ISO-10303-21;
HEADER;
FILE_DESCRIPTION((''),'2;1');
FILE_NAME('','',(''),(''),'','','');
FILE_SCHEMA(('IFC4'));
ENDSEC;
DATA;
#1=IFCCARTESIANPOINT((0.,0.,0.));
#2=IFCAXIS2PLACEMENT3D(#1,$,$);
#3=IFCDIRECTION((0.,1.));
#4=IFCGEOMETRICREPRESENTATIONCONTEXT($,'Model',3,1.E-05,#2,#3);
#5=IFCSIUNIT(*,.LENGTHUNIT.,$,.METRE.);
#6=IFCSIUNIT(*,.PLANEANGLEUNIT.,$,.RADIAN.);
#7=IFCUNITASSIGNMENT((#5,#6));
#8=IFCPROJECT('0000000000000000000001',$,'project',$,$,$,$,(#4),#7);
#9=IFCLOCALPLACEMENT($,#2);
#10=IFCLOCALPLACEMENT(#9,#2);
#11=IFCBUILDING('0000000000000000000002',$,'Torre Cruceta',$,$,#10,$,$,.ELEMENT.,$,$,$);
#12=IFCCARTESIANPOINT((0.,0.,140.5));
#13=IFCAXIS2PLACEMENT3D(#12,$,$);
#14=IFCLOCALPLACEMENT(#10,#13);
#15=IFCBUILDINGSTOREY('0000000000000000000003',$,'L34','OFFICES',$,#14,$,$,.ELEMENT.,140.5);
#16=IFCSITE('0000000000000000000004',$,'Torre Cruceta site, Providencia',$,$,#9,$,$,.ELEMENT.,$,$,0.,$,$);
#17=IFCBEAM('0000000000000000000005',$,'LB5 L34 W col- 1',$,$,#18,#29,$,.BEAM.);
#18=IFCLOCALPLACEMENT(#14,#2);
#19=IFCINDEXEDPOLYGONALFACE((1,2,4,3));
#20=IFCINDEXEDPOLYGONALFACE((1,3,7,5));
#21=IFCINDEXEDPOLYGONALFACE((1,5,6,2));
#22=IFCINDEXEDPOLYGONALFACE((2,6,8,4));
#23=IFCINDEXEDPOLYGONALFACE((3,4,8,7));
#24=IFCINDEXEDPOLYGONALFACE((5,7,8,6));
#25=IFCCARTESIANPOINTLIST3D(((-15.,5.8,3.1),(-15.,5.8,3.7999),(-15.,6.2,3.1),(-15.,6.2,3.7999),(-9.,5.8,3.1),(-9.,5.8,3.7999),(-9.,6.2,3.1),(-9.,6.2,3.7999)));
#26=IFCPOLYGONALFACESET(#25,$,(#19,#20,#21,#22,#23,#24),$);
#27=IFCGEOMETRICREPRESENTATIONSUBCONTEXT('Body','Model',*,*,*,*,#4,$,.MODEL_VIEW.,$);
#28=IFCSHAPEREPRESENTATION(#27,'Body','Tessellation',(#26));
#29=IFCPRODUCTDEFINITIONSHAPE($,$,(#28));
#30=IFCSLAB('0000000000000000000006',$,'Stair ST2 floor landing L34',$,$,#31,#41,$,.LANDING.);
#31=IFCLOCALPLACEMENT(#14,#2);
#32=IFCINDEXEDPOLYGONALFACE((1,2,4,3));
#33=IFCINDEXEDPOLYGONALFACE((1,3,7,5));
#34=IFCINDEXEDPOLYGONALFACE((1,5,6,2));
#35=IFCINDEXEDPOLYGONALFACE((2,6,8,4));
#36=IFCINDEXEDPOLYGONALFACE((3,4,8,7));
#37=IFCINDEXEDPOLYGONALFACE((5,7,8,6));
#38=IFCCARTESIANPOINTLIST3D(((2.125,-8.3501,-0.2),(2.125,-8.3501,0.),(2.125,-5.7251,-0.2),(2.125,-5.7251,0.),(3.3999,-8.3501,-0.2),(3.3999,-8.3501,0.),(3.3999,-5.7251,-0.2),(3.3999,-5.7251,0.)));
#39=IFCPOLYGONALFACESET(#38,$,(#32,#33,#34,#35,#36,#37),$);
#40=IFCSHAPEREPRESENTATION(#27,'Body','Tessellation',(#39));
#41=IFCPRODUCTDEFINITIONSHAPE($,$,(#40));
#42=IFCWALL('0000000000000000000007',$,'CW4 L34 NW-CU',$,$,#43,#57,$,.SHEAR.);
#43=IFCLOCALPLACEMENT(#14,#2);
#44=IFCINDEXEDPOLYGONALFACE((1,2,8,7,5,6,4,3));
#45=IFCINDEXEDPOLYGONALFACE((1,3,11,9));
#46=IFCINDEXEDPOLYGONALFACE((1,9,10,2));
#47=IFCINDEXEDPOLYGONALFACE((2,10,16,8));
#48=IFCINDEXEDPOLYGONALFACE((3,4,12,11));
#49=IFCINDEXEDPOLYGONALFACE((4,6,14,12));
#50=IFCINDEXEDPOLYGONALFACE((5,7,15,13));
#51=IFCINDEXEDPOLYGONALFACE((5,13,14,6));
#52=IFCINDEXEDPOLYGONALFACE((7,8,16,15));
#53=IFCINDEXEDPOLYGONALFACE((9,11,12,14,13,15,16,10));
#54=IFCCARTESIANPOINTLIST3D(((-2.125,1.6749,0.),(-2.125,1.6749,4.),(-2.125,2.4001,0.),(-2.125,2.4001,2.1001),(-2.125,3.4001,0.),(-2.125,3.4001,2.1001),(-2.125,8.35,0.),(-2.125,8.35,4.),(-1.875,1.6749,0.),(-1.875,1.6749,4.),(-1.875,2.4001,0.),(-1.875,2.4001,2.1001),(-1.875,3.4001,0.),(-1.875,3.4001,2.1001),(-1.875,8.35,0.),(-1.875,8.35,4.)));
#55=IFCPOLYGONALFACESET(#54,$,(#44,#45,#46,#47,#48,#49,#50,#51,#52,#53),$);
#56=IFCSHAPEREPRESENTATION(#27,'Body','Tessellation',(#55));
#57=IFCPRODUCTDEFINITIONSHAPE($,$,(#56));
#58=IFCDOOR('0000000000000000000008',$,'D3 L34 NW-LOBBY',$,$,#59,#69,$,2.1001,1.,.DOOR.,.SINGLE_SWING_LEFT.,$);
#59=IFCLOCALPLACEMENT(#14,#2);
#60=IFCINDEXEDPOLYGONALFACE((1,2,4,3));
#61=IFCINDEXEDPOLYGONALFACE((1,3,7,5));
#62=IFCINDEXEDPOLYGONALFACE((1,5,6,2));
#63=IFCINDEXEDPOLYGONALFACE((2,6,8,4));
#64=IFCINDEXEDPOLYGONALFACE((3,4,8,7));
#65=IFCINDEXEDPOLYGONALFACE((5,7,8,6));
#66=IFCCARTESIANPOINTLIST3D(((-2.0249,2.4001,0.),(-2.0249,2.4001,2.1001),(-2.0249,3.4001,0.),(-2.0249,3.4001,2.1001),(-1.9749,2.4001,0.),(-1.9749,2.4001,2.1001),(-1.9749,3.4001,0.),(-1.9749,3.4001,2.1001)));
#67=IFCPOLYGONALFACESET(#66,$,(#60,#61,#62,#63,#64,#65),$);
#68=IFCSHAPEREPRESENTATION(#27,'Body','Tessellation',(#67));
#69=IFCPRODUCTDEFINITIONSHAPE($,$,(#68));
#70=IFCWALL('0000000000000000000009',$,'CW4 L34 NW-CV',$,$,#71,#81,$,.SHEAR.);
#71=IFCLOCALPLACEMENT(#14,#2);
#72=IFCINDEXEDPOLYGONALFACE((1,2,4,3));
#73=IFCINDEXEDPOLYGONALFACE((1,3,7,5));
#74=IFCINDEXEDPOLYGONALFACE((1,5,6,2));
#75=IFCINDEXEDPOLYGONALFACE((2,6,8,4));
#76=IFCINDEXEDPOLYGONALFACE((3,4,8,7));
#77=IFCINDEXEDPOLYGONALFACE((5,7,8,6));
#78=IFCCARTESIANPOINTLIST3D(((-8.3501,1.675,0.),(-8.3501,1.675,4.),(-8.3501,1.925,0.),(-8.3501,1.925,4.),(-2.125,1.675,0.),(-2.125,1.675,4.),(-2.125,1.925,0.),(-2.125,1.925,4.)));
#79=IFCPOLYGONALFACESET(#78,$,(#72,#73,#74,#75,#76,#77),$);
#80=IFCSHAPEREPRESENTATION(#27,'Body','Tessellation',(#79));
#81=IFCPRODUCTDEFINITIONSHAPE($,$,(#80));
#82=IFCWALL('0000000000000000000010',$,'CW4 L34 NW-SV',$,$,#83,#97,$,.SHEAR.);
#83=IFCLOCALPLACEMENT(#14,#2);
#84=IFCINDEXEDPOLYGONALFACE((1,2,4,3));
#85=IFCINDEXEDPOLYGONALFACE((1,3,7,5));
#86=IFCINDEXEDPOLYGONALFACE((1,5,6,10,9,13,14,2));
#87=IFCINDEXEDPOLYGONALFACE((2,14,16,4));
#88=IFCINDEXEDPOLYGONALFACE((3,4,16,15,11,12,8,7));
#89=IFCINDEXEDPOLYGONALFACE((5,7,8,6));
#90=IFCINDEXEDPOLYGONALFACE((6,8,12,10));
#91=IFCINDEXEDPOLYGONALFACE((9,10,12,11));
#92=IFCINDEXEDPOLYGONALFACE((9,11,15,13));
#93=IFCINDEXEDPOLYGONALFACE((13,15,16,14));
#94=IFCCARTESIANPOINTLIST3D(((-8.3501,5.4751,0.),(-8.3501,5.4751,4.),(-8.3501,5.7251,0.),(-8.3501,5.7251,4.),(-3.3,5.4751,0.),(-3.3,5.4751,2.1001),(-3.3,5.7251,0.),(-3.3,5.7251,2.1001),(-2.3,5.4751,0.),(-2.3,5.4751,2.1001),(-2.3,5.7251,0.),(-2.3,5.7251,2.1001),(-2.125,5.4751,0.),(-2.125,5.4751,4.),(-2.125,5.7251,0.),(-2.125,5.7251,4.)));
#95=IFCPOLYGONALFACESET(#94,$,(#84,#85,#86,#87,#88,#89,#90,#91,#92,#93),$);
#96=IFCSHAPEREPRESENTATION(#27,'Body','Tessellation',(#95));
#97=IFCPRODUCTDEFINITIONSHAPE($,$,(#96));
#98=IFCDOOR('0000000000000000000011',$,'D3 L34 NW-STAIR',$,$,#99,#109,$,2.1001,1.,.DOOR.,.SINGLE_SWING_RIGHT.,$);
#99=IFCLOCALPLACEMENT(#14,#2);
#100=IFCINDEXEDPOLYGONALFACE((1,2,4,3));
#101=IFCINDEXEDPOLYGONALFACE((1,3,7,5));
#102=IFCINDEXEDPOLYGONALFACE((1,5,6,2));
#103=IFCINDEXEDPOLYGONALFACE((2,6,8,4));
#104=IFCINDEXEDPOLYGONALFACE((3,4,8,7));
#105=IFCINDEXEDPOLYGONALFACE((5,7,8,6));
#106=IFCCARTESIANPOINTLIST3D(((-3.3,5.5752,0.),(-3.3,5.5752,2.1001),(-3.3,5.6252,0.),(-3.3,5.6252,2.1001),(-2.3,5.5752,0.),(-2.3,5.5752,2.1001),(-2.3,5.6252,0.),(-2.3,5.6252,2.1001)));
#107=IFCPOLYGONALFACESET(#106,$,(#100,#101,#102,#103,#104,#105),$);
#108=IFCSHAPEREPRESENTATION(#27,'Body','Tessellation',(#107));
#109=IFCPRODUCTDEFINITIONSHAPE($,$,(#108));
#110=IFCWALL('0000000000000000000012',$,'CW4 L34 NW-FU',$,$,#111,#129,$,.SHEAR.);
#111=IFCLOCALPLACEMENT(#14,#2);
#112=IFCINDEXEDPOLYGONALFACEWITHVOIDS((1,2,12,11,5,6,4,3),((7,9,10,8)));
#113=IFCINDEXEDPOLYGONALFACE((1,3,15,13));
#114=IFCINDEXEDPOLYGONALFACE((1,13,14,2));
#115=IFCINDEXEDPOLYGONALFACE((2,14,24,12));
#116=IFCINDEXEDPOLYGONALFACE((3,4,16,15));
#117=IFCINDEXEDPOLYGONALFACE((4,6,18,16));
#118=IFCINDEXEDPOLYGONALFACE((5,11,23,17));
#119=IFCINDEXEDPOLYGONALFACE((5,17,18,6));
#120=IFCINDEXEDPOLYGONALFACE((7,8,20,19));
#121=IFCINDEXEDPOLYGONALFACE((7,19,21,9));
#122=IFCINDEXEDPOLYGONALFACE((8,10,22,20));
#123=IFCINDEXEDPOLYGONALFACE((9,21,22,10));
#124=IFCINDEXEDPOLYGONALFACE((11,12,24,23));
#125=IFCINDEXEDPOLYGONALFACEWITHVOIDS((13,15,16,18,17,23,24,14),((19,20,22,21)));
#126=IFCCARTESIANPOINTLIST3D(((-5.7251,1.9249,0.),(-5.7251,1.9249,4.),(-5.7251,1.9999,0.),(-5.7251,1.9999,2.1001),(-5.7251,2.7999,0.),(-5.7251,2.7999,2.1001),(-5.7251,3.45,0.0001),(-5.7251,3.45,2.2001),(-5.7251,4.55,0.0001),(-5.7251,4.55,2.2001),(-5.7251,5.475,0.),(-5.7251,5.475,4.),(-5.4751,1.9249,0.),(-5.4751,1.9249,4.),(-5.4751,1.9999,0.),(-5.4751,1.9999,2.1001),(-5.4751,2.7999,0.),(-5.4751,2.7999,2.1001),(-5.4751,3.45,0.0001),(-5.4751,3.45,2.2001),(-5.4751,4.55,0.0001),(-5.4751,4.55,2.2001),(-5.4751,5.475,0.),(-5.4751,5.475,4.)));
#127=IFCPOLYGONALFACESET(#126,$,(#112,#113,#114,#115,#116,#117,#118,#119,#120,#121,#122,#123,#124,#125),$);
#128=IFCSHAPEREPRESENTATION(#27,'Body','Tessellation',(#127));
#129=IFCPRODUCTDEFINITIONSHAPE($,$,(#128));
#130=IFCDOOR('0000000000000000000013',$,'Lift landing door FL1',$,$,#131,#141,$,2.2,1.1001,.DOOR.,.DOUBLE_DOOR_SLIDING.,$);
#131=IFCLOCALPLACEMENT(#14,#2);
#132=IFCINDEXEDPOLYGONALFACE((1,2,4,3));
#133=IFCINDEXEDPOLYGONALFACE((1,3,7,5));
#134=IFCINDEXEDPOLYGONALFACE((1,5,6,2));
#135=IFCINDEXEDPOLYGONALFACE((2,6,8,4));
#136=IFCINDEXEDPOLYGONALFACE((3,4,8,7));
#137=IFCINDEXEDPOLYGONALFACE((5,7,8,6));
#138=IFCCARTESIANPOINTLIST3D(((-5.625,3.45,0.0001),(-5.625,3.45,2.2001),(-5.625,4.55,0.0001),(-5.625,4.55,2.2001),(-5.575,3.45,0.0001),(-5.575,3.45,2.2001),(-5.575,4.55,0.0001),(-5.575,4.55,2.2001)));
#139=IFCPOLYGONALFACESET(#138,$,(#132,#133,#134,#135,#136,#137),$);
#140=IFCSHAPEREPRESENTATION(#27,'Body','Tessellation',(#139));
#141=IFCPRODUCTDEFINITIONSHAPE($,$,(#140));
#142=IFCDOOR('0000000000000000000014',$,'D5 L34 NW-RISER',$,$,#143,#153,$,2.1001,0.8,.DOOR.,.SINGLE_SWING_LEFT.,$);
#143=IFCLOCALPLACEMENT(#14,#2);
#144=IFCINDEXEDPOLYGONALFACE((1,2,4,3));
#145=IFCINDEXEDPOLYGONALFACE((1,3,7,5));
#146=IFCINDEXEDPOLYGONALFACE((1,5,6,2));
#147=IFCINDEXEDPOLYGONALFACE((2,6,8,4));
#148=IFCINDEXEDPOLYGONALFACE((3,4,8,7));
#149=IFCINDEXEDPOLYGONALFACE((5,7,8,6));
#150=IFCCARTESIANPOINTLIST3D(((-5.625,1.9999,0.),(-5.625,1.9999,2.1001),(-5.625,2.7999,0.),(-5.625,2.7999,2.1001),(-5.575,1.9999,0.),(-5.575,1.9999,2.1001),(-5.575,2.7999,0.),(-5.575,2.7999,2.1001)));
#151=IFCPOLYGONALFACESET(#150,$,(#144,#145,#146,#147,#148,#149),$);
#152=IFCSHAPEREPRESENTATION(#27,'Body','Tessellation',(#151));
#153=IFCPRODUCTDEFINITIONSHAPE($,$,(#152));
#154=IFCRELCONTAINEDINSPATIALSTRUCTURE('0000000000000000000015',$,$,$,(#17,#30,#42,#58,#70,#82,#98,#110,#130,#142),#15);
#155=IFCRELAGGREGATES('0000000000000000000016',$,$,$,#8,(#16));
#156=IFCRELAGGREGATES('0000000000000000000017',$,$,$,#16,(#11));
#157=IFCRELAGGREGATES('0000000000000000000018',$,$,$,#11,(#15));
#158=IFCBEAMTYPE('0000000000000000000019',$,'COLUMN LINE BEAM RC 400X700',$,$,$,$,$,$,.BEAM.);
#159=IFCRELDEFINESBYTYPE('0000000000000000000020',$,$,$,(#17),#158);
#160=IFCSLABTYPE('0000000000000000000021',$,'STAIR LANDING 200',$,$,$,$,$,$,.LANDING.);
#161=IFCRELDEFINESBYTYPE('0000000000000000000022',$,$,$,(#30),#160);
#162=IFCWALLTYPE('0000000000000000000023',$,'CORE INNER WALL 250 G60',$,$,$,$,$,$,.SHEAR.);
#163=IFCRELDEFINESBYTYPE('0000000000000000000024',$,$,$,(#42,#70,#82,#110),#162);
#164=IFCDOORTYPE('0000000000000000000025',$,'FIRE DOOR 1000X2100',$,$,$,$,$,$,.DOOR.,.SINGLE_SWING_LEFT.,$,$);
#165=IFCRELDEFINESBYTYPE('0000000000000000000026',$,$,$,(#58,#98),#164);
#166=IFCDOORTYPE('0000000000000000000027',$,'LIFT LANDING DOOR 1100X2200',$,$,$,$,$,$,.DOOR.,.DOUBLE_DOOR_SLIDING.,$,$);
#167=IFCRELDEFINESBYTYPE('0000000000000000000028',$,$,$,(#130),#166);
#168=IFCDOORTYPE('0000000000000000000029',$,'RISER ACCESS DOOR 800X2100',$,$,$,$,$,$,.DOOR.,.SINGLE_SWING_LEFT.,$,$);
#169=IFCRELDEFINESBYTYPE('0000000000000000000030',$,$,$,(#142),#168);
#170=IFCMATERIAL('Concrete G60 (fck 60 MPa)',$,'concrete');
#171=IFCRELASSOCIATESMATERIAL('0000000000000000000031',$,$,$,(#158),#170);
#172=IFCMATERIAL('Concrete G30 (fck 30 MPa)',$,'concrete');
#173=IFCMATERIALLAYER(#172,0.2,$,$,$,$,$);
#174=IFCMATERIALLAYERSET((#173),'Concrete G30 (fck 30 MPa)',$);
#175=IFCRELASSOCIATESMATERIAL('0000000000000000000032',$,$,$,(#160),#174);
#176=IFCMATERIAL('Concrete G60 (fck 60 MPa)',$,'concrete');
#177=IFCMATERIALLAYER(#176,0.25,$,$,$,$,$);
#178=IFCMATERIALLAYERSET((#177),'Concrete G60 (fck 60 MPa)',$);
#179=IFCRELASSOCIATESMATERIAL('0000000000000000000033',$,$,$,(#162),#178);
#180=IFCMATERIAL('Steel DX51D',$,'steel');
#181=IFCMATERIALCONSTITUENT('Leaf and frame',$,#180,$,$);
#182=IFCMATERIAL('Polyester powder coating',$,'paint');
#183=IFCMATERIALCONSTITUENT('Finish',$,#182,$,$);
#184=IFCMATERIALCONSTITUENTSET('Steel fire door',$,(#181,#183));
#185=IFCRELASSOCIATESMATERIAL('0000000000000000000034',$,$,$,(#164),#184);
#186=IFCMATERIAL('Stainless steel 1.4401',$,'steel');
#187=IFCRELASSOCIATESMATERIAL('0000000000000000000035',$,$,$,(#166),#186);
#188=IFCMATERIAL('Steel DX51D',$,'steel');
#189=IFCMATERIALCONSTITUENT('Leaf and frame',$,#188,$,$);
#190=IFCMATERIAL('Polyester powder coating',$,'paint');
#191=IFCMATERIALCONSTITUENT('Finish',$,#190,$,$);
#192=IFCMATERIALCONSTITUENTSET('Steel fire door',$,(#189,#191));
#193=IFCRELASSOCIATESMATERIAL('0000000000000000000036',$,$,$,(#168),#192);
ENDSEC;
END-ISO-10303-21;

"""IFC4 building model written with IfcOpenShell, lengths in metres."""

from ifc_helpers import new_model, si_unit, direction, frame, frame_2d, origin, origin_2d, place, context, subcontext, project, spatial, polyline, rectangle, outline, extrude, material, layer, layer_set, constituent, constituent_set, material_profile, profile_set, type_object, element, fill, save


model = new_model("IFC4")

# Units and contexts
model_context = context("Model", 3, precision=1e-05, world=origin(), true_north=direction((0.0, 1.0)))
body_context = subcontext(model_context, "Body", "Model", "MODEL_VIEW")
ifc_project = project(units=[si_unit("LENGTHUNIT", "METRE"), si_unit("PLANEANGLEUNIT", "RADIAN")], contexts=[model_context])

# Site, building, storey
site_placement = place(None, origin())
site = spatial("IfcSite", under=ifc_project, at=site_placement, Name="Torre Cruceta site, Providencia", CompositionType="ELEMENT", RefElevation=0.0)
building_placement = place(site_placement, origin())
building = spatial("IfcBuilding", under=site, at=building_placement, Name="Torre Cruceta", CompositionType="ELEMENT")
storey_placement = place(building_placement, frame((0.0, 0.0, 140.5)))
storey = spatial("IfcBuildingStorey", under=building, at=storey_placement, Name="L34", Description="OFFICES", CompositionType="ELEMENT", Elevation=140.5)

# Beam
ifc_material_1 = material(Name="Concrete G60 (fck 60 MPa)", Category="concrete")
ifc_material_profile = material_profile(ifc_material_1, rectangle(XDim=0.3999, YDim=0.7, at=origin_2d()), Name="RC 400X700")
ifc_profile_set = profile_set([ifc_material_profile], Name="Concrete G60 (fck 60 MPa)")
beam_type = type_object("IfcBeamType", Name="COLUMN LINE BEAM RC 400X700", PredefinedType="BEAM", material=ifc_profile_set)
beam_placement = place(storey_placement, frame((-9.0, 6.0, 3.45), z_axis=(-1.0, 0.0, 0.0), x_axis=(0.0, -1.0, 0.0)))
element("IfcBeam", 1, at=beam_placement, inside=storey, type_object=beam_type, Name="LB5 L34 W col- 1", PredefinedType="BEAM", context=body_context, shape_type="SweptSolid", body=[
    extrude(rectangle(XDim=0.3999, YDim=0.7, at=origin_2d()), origin(), (0.0, 0.0, 1.0), 6.0),
])

# Slab
ifc_material_2 = material(Name="Concrete G30 (fck 30 MPa)", Category="concrete")
ifc_layer_1 = layer(ifc_material_2, 0.2)
ifc_layer_set_1 = layer_set([ifc_layer_1], Name="Concrete G30 (fck 30 MPa)")
slab_type = type_object("IfcSlabType", Name="STAIR LANDING 200", PredefinedType="LANDING", material=ifc_layer_set_1)
slab_placement = place(storey_placement, frame((0.0, 0.0, -0.2)))
element("IfcSlab", 2, at=slab_placement, inside=storey, type_object=slab_type, Name="Stair ST2 floor landing L34", PredefinedType="LANDING", context=body_context, shape_type="SweptSolid", body=[
    extrude(outline(polyline([(2.125, -8.3501), (2.125, -5.7251), (3.3999, -5.7251), (3.3999, -8.3501), (2.125, -8.3501)])), origin(), (0.0, 0.0, 1.0), 0.2),
])

# Wall, opening, door
ifc_material_3 = material(Name="Concrete G60 (fck 60 MPa)", Category="concrete")
ifc_layer_2 = layer(ifc_material_3, 0.25)
ifc_layer_set_2 = layer_set([ifc_layer_2], Name="Concrete G60 (fck 60 MPa)")
wall_type_1 = type_object("IfcWallType", Name="CORE INNER WALL 250 G60", PredefinedType="SHEAR", material=ifc_layer_set_2)
wall_1_placement = place(storey_placement, frame((-2.0, 1.675, 0.0), z_axis=(0.0, 0.0, 1.0), x_axis=(0.0, 1.0, 0.0)))
wall_1 = element("IfcWall", 3, at=wall_1_placement, inside=storey, type_object=wall_type_1, Name="CW4 L34 NW-CU", PredefinedType="SHEAR", context=body_context, shape_type="SweptSolid", body=[
    extrude(rectangle(XDim=6.675, YDim=0.25, at=frame_2d((3.3374, 0.0))), origin(), (0.0, 0.0, 1.0), 4.0),
])
opening_1_placement = place(wall_1_placement, frame((0.7251, 0.0, 0.0)))
opening_1 = element("IfcOpeningElement", 4, at=opening_1_placement, cuts=wall_1, PredefinedType="OPENING", context=body_context, shape_type="SweptSolid", body=[
    extrude(rectangle(XDim=1.0, YDim=2.1001, at=frame_2d((0.5, 1.05))), frame((0.0, 0.135, 0.0), z_axis=(0.0, -1.0, 0.0), x_axis=(1.0, 0.0, 0.0)), (0.0, 0.0, 1.0), 0.27),
])
ifc_material_4 = material(Name="Steel DX51D", Category="steel")
ifc_constituent_1 = constituent(ifc_material_4, Name="Leaf and frame")
ifc_material_5 = material(Name="Polyester powder coating", Category="paint")
ifc_constituent_2 = constituent(ifc_material_5, Name="Finish")
ifc_constituent_set_1 = constituent_set(constituents=[ifc_constituent_1, ifc_constituent_2], Name="Steel fire door")
door_type_1 = type_object("IfcDoorType", Name="FIRE DOOR 1000X2100", OperationType="SINGLE_SWING_LEFT", PredefinedType="DOOR", material=ifc_constituent_set_1)
door_1_placement = place(opening_1_placement, origin())
door_1 = element("IfcDoor", 5, at=door_1_placement, inside=storey, type_object=door_type_1, Name="D3 L34 NW-LOBBY", OperationType="SINGLE_SWING_LEFT", OverallHeight=2.1001, OverallWidth=1.0, PredefinedType="DOOR", context=body_context, shape_type="SweptSolid", body=[
    extrude(rectangle(XDim=1.0, YDim=2.1001, at=frame_2d((0.5, 1.05))), frame((0.0, 0.0249, 0.0), z_axis=(0.0, -1.0, 0.0), x_axis=(1.0, 0.0, 0.0)), (0.0, 0.0, 1.0), 0.05),
])
fill(opening_1, door_1)

# Wall
wall_2_placement = place(storey_placement, frame((-2.125, 1.8, 0.0), z_axis=(0.0, 0.0, 1.0), x_axis=(-1.0, 0.0, 0.0)))
element("IfcWall", 6, at=wall_2_placement, inside=storey, type_object=wall_type_1, Name="CW4 L34 NW-CV", PredefinedType="SHEAR", context=body_context, shape_type="SweptSolid", body=[
    extrude(rectangle(XDim=6.2251, YDim=0.25, at=frame_2d((3.1125, 0.0))), origin(), (0.0, 0.0, 1.0), 4.0),
])

# Wall, opening, door
wall_3_placement = place(storey_placement, frame((-2.125, 5.6001, 0.0), z_axis=(0.0, 0.0, 1.0), x_axis=(-1.0, 0.0, 0.0)))
wall_3 = element("IfcWall", 7, at=wall_3_placement, inside=storey, type_object=wall_type_1, Name="CW4 L34 NW-SV", PredefinedType="SHEAR", context=body_context, shape_type="SweptSolid", body=[
    extrude(rectangle(XDim=6.2251, YDim=0.25, at=frame_2d((3.1125, 0.0))), origin(), (0.0, 0.0, 1.0), 4.0),
])
opening_2_placement = place(wall_3_placement, frame((0.175, 0.0, 0.0)))
opening_2 = element("IfcOpeningElement", 8, at=opening_2_placement, cuts=wall_3, PredefinedType="OPENING", context=body_context, shape_type="SweptSolid", body=[
    extrude(rectangle(XDim=1.0, YDim=2.1001, at=frame_2d((0.5, 1.05))), frame((0.0, 0.135, 0.0), z_axis=(0.0, -1.0, 0.0), x_axis=(1.0, 0.0, 0.0)), (0.0, 0.0, 1.0), 0.27),
])
door_2_placement = place(opening_2_placement, frame((1.0, 0.0, 0.0), z_axis=(0.0, 0.0, 1.0), x_axis=(-1.0, 0.0, 0.0)))
door_2 = element("IfcDoor", 9, at=door_2_placement, inside=storey, type_object=door_type_1, Name="D3 L34 NW-STAIR", OperationType="SINGLE_SWING_RIGHT", OverallHeight=2.1001, OverallWidth=1.0, PredefinedType="DOOR", context=body_context, shape_type="SweptSolid", body=[
    extrude(rectangle(XDim=1.0, YDim=2.1001, at=frame_2d((0.5, 1.05))), frame((0.0, 0.0251, 0.0), z_axis=(0.0, -1.0, 0.0), x_axis=(1.0, 0.0, 0.0)), (0.0, 0.0, 1.0), 0.05),
])
fill(opening_2, door_2)

# Wall, openings, doors
wall_4_placement = place(storey_placement, frame((-5.6001, 1.925, 0.0), z_axis=(0.0, 0.0, 1.0), x_axis=(0.0, 1.0, 0.0)))
wall_4 = element("IfcWall", 10, at=wall_4_placement, inside=storey, type_object=wall_type_1, Name="CW4 L34 NW-FU", PredefinedType="SHEAR", context=body_context, shape_type="SweptSolid", body=[
    extrude(rectangle(XDim=3.55, YDim=0.25, at=frame_2d((1.7749, 0.0))), origin(), (0.0, 0.0, 1.0), 4.0),
])
opening_3_placement = place(wall_4_placement, frame((1.5249, 0.0, 0.0)))
opening_3 = element("IfcOpeningElement", 11, at=opening_3_placement, cuts=wall_4, PredefinedType="OPENING", context=body_context, shape_type="SweptSolid", body=[
    extrude(rectangle(XDim=1.1001, YDim=2.2, at=frame_2d((0.55, 1.1001))), frame((0.0, 0.135, 0.0), z_axis=(0.0, -1.0, 0.0), x_axis=(1.0, 0.0, 0.0)), (0.0, 0.0, 1.0), 0.27),
])
opening_4_placement = place(wall_4_placement, frame((0.075, 0.0, 0.0)))
opening_4 = element("IfcOpeningElement", 12, at=opening_4_placement, cuts=wall_4, PredefinedType="OPENING", context=body_context, shape_type="SweptSolid", body=[
    extrude(rectangle(XDim=0.8, YDim=2.1001, at=frame_2d((0.3999, 1.05))), frame((0.0, 0.135, 0.0), z_axis=(0.0, -1.0, 0.0), x_axis=(1.0, 0.0, 0.0)), (0.0, 0.0, 1.0), 0.27),
])
ifc_material_6 = material(Name="Stainless steel 1.4401", Category="steel")
door_type_2 = type_object("IfcDoorType", Name="LIFT LANDING DOOR 1100X2200", OperationType="DOUBLE_DOOR_SLIDING", PredefinedType="DOOR", material=ifc_material_6)
door_3_placement = place(opening_3_placement, origin())
door_3 = element("IfcDoor", 13, at=door_3_placement, inside=storey, type_object=door_type_2, Name="Lift landing door FL1", OperationType="DOUBLE_DOOR_SLIDING", OverallHeight=2.2, OverallWidth=1.1001, PredefinedType="DOOR", context=body_context, shape_type="SweptSolid", body=[
    extrude(rectangle(XDim=1.1001, YDim=2.2, at=frame_2d((0.55, 1.1001))), frame((0.0, 0.0249, 0.0), z_axis=(0.0, -1.0, 0.0), x_axis=(1.0, 0.0, 0.0)), (0.0, 0.0, 1.0), 0.05),
])
fill(opening_3, door_3)
ifc_material_7 = material(Name="Steel DX51D", Category="steel")
ifc_constituent_3 = constituent(ifc_material_7, Name="Leaf and frame")
ifc_material_8 = material(Name="Polyester powder coating", Category="paint")
ifc_constituent_4 = constituent(ifc_material_8, Name="Finish")
ifc_constituent_set_2 = constituent_set(constituents=[ifc_constituent_3, ifc_constituent_4], Name="Steel fire door")
door_type_3 = type_object("IfcDoorType", Name="RISER ACCESS DOOR 800X2100", OperationType="SINGLE_SWING_LEFT", PredefinedType="DOOR", material=ifc_constituent_set_2)
door_4_placement = place(opening_4_placement, origin())
door_4 = element("IfcDoor", 14, at=door_4_placement, inside=storey, type_object=door_type_3, Name="D5 L34 NW-RISER", OperationType="SINGLE_SWING_LEFT", OverallHeight=2.1001, OverallWidth=0.8, PredefinedType="DOOR", context=body_context, shape_type="SweptSolid", body=[
    extrude(rectangle(XDim=0.8, YDim=2.1001, at=frame_2d((0.3999, 1.05))), frame((0.0, 0.0249, 0.0), z_axis=(0.0, -1.0, 0.0), x_axis=(1.0, 0.0, 0.0)), (0.0, 0.0, 1.0), 0.05),
])
fill(opening_4, door_4)

save(model, "model.ifc")
